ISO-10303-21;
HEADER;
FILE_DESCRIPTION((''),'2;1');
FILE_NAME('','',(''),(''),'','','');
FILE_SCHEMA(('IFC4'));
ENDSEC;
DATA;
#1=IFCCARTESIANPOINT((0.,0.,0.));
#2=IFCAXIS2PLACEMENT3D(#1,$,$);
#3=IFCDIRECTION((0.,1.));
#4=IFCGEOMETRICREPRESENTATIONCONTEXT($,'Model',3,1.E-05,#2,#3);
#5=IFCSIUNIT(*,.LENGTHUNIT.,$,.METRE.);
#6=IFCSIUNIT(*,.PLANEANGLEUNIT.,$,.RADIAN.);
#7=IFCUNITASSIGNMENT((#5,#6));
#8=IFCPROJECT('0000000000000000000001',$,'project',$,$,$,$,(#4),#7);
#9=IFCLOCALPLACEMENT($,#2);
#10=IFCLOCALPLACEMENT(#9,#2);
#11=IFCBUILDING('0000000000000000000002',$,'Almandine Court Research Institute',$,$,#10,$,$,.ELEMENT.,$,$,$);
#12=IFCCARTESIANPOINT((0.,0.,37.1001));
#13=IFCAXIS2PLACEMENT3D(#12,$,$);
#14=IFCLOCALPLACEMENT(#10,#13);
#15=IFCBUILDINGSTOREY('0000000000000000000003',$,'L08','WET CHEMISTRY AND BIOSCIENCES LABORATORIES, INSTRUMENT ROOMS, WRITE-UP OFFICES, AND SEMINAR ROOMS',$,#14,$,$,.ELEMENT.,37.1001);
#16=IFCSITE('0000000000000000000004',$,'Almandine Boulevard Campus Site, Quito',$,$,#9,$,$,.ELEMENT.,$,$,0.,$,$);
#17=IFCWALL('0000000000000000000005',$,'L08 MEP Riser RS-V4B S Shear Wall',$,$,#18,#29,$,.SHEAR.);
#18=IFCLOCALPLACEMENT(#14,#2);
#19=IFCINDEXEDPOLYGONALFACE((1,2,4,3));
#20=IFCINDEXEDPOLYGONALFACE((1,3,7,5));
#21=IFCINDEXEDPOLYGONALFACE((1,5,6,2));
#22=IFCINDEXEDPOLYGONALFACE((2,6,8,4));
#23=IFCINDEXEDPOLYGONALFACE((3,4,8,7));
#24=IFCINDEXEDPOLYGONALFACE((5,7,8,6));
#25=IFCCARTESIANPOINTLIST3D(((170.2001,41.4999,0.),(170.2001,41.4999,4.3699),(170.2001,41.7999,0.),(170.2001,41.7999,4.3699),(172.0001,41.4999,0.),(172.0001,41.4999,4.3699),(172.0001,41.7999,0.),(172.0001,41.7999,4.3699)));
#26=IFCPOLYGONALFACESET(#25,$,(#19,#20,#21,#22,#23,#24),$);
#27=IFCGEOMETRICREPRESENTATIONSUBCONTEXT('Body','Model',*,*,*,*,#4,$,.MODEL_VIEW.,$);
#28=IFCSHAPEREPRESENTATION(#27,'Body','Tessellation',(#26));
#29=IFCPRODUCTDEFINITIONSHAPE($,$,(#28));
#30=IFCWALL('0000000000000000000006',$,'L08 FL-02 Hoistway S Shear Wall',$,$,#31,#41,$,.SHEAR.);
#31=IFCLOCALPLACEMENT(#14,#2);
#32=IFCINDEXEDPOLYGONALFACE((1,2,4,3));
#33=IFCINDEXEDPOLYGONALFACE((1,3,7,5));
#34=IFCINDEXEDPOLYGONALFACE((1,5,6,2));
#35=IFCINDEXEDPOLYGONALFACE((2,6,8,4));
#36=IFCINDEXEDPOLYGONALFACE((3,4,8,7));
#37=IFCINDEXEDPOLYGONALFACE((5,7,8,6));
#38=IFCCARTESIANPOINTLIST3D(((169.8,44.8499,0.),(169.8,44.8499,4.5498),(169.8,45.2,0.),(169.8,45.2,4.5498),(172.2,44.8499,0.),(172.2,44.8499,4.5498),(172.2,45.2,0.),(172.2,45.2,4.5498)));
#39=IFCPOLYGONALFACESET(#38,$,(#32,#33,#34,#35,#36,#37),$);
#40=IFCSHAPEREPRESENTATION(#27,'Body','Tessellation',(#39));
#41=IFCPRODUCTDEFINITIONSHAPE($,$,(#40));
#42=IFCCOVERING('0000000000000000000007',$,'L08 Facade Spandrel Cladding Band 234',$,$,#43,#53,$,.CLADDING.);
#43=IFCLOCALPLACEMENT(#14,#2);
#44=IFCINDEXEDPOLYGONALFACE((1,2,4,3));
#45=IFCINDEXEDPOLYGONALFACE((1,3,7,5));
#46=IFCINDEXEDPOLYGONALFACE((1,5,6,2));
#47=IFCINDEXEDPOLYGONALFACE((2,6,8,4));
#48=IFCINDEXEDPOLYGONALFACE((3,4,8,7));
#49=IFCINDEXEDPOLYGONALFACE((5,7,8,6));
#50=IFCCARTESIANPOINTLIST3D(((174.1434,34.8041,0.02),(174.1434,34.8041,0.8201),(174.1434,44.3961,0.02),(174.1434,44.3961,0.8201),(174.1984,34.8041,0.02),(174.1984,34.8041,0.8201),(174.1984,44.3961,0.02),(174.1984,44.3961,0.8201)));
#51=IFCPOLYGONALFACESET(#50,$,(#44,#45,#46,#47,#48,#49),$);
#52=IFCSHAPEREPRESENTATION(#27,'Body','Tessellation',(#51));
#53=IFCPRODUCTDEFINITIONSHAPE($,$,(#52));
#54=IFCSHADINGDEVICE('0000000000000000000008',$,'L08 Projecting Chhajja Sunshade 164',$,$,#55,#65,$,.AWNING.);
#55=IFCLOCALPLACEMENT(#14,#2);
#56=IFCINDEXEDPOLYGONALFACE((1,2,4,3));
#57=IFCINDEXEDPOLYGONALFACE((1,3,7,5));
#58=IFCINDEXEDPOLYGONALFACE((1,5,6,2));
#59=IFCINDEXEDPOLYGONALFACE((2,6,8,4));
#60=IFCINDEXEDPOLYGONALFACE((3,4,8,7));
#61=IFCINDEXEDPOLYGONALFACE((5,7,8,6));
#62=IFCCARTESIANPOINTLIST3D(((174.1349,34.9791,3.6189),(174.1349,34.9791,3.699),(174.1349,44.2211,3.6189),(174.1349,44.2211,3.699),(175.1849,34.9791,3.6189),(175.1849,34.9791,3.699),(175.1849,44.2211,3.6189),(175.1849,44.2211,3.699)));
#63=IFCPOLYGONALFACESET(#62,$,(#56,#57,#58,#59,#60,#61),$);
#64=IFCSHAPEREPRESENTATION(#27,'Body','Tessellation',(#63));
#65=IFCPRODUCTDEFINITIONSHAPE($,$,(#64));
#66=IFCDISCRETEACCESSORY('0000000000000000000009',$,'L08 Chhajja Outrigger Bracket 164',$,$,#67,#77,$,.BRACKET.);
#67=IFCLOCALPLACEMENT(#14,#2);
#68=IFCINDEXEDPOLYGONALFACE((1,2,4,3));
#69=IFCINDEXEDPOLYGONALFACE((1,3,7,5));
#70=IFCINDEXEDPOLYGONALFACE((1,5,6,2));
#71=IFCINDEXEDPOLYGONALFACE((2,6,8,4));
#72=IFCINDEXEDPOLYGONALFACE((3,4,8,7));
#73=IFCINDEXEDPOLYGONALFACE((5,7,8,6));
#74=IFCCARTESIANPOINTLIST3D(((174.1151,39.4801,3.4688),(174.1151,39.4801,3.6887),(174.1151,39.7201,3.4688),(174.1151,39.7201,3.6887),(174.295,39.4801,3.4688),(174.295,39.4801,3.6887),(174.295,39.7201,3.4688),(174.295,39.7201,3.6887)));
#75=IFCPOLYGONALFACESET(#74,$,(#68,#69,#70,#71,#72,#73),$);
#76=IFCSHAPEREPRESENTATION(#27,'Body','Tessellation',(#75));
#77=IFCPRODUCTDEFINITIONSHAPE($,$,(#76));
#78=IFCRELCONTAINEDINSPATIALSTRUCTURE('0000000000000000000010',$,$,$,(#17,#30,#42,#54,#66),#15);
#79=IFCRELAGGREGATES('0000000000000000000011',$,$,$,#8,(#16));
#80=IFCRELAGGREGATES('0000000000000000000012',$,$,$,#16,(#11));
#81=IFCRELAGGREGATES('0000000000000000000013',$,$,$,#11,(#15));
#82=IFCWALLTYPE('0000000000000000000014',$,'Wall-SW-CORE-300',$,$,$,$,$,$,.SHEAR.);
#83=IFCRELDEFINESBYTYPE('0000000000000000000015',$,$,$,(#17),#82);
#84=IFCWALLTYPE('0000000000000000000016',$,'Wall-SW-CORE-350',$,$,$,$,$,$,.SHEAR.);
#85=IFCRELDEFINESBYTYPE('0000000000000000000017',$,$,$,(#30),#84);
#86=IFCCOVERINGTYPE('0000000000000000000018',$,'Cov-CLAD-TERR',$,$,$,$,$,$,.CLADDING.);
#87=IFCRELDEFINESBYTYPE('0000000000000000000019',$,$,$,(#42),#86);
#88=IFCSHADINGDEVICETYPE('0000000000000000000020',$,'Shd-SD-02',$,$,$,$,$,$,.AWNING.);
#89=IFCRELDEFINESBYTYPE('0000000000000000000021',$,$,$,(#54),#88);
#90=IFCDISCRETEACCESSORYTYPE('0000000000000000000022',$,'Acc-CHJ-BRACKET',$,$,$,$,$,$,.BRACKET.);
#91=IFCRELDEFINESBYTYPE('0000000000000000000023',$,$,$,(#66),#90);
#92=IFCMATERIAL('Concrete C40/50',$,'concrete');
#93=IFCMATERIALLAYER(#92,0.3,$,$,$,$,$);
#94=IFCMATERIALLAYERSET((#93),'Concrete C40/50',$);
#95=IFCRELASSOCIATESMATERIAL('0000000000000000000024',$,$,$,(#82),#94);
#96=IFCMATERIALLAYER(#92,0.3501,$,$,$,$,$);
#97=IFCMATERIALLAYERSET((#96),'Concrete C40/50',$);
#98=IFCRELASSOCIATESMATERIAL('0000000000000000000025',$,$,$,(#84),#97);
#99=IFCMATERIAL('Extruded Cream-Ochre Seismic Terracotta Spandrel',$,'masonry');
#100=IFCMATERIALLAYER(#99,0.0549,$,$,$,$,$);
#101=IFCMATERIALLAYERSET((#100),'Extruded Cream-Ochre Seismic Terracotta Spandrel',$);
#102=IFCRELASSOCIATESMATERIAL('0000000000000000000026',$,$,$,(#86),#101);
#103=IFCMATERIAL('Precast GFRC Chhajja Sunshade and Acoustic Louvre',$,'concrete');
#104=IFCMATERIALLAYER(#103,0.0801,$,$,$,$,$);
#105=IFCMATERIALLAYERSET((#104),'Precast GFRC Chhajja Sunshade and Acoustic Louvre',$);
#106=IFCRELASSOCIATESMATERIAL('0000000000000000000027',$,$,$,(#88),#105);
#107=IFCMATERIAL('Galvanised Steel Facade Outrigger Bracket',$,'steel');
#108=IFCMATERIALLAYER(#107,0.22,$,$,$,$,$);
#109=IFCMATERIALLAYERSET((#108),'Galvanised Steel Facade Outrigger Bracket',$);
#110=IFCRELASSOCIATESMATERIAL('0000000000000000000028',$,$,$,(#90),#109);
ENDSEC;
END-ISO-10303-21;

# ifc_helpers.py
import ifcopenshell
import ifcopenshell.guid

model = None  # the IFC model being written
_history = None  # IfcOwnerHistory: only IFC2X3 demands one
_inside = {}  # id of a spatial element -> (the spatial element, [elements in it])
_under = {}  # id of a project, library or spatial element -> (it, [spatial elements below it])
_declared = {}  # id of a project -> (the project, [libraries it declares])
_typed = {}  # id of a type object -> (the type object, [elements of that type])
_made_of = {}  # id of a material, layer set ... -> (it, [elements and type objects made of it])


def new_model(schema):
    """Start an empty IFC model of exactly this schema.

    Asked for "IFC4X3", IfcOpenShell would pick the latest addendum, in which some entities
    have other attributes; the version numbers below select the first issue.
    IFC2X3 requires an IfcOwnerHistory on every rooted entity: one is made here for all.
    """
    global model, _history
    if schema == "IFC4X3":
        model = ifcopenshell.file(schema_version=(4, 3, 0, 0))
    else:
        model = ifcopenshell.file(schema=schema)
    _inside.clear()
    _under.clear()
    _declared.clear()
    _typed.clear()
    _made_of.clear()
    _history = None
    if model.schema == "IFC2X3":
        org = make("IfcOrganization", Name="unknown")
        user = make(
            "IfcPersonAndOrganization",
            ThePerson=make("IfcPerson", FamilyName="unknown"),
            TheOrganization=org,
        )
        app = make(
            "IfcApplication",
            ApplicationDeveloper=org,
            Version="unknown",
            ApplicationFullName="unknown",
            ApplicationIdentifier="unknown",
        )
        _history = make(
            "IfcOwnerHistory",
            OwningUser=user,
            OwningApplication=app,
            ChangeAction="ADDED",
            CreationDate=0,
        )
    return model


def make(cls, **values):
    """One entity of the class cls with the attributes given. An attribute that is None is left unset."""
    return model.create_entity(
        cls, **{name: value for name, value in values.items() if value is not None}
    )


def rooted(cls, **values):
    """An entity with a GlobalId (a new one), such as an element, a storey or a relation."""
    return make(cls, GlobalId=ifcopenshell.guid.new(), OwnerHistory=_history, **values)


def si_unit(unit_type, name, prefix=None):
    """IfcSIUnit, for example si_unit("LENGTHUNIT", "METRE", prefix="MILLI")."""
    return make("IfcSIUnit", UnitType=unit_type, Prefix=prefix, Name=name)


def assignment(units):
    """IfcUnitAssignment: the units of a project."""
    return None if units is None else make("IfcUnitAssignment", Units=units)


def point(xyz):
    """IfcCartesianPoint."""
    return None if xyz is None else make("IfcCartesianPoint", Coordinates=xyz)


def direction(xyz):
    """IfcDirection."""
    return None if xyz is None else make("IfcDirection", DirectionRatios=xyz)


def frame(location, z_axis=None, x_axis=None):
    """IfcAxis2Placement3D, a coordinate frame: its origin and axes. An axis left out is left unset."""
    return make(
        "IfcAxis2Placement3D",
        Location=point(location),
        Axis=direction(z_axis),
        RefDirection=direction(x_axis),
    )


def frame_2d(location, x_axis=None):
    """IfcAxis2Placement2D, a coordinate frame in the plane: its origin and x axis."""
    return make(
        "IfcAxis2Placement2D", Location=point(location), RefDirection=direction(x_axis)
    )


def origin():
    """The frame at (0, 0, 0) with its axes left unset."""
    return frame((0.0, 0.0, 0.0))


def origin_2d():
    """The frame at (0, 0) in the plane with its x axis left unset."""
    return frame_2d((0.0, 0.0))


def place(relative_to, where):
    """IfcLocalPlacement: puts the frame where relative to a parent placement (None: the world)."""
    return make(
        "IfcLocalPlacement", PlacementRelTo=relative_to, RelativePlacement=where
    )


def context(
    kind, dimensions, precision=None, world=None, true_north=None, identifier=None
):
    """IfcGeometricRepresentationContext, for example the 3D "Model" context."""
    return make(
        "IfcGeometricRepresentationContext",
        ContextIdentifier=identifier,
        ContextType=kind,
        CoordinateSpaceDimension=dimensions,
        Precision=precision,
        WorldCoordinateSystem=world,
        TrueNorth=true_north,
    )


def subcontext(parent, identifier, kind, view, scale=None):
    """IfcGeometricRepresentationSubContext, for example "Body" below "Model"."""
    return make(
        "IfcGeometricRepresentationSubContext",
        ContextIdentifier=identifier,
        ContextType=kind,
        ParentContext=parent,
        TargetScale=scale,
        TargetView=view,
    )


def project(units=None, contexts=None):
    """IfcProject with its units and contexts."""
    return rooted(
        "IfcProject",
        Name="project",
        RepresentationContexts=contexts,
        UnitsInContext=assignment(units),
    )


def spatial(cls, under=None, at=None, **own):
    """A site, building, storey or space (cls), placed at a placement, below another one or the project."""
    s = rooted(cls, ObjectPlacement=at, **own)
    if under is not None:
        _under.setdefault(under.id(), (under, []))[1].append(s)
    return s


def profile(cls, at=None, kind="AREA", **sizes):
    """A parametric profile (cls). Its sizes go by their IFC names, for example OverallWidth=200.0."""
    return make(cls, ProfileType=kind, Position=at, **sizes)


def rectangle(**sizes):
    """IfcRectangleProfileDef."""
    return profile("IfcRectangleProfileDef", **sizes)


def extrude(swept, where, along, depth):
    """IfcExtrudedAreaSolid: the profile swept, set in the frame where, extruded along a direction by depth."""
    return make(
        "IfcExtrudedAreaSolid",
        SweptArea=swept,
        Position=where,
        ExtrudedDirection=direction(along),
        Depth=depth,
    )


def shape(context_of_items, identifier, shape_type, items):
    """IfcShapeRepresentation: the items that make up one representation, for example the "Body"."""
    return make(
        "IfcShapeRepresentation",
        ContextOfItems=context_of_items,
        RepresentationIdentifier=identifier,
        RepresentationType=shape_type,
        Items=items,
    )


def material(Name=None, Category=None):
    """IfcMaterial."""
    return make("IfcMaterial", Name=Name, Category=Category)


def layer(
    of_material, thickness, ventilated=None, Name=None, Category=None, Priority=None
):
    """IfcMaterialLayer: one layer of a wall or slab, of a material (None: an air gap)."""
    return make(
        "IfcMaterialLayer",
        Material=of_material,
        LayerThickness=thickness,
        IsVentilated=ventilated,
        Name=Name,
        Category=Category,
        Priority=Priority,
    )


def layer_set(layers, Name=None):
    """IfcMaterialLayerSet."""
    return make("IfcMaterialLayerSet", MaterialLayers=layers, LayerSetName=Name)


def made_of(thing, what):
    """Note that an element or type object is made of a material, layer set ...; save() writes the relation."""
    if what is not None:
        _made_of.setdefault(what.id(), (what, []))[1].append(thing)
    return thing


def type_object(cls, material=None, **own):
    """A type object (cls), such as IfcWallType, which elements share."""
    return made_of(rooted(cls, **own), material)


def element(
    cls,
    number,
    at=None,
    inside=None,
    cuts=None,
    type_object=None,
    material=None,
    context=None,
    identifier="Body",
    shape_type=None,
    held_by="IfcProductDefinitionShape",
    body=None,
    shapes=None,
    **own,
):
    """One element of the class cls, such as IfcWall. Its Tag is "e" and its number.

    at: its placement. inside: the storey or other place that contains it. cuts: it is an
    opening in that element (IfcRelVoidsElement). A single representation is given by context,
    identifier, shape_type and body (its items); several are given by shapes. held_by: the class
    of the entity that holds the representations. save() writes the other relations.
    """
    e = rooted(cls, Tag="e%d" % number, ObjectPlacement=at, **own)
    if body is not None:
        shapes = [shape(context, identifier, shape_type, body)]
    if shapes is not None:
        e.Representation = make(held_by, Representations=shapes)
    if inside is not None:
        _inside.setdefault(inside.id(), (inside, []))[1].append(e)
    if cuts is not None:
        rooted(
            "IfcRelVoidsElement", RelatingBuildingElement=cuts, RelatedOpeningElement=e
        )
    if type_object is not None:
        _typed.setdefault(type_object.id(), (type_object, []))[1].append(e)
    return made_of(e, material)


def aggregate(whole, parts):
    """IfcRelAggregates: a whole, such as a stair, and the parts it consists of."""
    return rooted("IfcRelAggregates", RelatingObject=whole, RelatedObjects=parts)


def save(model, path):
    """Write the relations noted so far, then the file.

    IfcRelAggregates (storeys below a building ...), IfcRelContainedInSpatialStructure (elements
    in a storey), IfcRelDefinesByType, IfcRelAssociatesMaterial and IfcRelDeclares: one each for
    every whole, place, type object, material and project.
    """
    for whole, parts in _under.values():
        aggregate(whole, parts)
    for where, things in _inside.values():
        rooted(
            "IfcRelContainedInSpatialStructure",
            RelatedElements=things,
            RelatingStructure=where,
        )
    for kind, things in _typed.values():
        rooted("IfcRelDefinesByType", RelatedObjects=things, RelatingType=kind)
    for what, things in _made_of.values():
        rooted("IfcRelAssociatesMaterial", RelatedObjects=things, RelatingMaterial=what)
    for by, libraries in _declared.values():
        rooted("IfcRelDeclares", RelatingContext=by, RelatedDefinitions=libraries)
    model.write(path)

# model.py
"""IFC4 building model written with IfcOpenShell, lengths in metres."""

from ifc_helpers import new_model, si_unit, direction, frame, frame_2d, origin, origin_2d, place, context, subcontext, project, spatial, rectangle, extrude, material, layer, layer_set, type_object, element, save


model = new_model("IFC4")

# Units and contexts
model_context = context("Model", 3, precision=1e-05, world=origin(), true_north=direction((0.0, 1.0)))
body_context = subcontext(model_context, "Body", "Model", "MODEL_VIEW")
ifc_project = project(units=[si_unit("LENGTHUNIT", "METRE"), si_unit("PLANEANGLEUNIT", "RADIAN")], contexts=[model_context])

# Site, building, storey
site_placement = place(None, origin())
site = spatial("IfcSite", under=ifc_project, at=site_placement, Name="Almandine Boulevard Campus Site, Quito", CompositionType="ELEMENT", RefElevation=0.0)
building_placement = place(site_placement, origin())
building = spatial("IfcBuilding", under=site, at=building_placement, Name="Almandine Court Research Institute", CompositionType="ELEMENT")
storey_placement = place(building_placement, frame((0.0, 0.0, 37.1001)))
storey = spatial("IfcBuildingStorey", under=building, at=storey_placement, Name="L08", Description="WET CHEMISTRY AND BIOSCIENCES LABORATORIES, INSTRUMENT ROOMS, WRITE-UP OFFICES, AND SEMINAR ROOMS", CompositionType="ELEMENT", Elevation=37.1001)

# Wall
ifc_material_1 = material(Name="Concrete C40/50", Category="concrete")
ifc_layer_1 = layer(ifc_material_1, 0.3)
ifc_layer_set_1 = layer_set([ifc_layer_1], Name="Concrete C40/50")
wall_type_1 = type_object("IfcWallType", Name="Wall-SW-CORE-300", PredefinedType="SHEAR", material=ifc_layer_set_1)
wall_1_placement = place(storey_placement, frame((172.0, 41.6499, 0.0), z_axis=(0.0, 0.0, 1.0), x_axis=(-1.0, 0.0, 0.0)))
element("IfcWall", 1, at=wall_1_placement, inside=storey, type_object=wall_type_1, Name="L08 MEP Riser RS-V4B S Shear Wall", PredefinedType="SHEAR", context=body_context, shape_type="SweptSolid", body=[
    extrude(rectangle(XDim=1.8, YDim=0.3, at=frame_2d((0.8999, 0.0))), origin(), (0.0, 0.0, 1.0), 4.3699),
])

# Shared definitions
ifc_layer_2 = layer(ifc_material_1, 0.3501)
ifc_layer_set_2 = layer_set([ifc_layer_2], Name="Concrete C40/50")
wall_type_2 = type_object("IfcWallType", Name="Wall-SW-CORE-350", PredefinedType="SHEAR", material=ifc_layer_set_2)

# Wall
wall_2_placement = place(storey_placement, frame((172.2, 45.0249, 0.0), z_axis=(0.0, 0.0, 1.0), x_axis=(-1.0, 0.0, 0.0)))
element("IfcWall", 2, at=wall_2_placement, inside=storey, type_object=wall_type_2, Name="L08 FL-02 Hoistway S Shear Wall", PredefinedType="SHEAR", context=body_context, shape_type="SweptSolid", body=[
    extrude(rectangle(XDim=2.3999, YDim=0.3501, at=frame_2d((1.2, 0.0))), origin(), (0.0, 0.0, 1.0), 4.5498),
])

# Covering
ifc_material_2 = material(Name="Extruded Cream-Ochre Seismic Terracotta Spandrel", Category="masonry")
ifc_layer_3 = layer(ifc_material_2, 0.0549)
ifc_layer_set_3 = layer_set([ifc_layer_3], Name="Extruded Cream-Ochre Seismic Terracotta Spandrel")
covering_type = type_object("IfcCoveringType", Name="Cov-CLAD-TERR", PredefinedType="CLADDING", material=ifc_layer_set_3)
covering_placement = place(storey_placement, frame((174.1709, 39.6001, 0.02), z_axis=(0.0, 0.0, 1.0), x_axis=(0.0, -1.0, 0.0)))
element("IfcCovering", 3, at=covering_placement, inside=storey, type_object=covering_type, Name="L08 Facade Spandrel Cladding Band 234", PredefinedType="CLADDING", context=body_context, shape_type="SweptSolid", body=[
    extrude(rectangle(XDim=9.592, YDim=0.0549, at=origin_2d()), origin(), (0.0, 0.0, 1.0), 0.8),
])

# Shading device
ifc_material_3 = material(Name="Precast GFRC Chhajja Sunshade and Acoustic Louvre", Category="concrete")
ifc_layer_4 = layer(ifc_material_3, 0.0801)
ifc_layer_set_4 = layer_set([ifc_layer_4], Name="Precast GFRC Chhajja Sunshade and Acoustic Louvre")
shading_device_type = type_object("IfcShadingDeviceType", Name="Shd-SD-02", PredefinedType="AWNING", material=ifc_layer_set_4)
shading_device_placement = place(storey_placement, frame((174.6599, 39.6001, 3.6189), z_axis=(0.0, 0.0, 1.0), x_axis=(0.0, -1.0, 0.0)))
element("IfcShadingDevice", 4, at=shading_device_placement, inside=storey, type_object=shading_device_type, Name="L08 Projecting Chhajja Sunshade 164", PredefinedType="AWNING", context=body_context, shape_type="SweptSolid", body=[
    extrude(rectangle(XDim=9.2419, YDim=1.05, at=origin_2d()), origin(), (0.0, 0.0, 1.0), 0.0801),
])

# Discrete accessory
ifc_material_4 = material(Name="Galvanised Steel Facade Outrigger Bracket", Category="steel")
ifc_layer_5 = layer(ifc_material_4, 0.22)
ifc_layer_set_5 = layer_set([ifc_layer_5], Name="Galvanised Steel Facade Outrigger Bracket")
discrete_accessory_type = type_object("IfcDiscreteAccessoryType", Name="Acc-CHJ-BRACKET", PredefinedType="BRACKET", material=ifc_layer_set_5)
discrete_accessory_placement = place(storey_placement, frame((174.2051, 39.6001, 3.4688), z_axis=(0.0, 0.0, 1.0), x_axis=(0.0, -1.0, 0.0)))
element("IfcDiscreteAccessory", 5, at=discrete_accessory_placement, inside=storey, type_object=discrete_accessory_type, Name="L08 Chhajja Outrigger Bracket 164", PredefinedType="BRACKET", context=body_context, shape_type="SweptSolid", body=[
    extrude(rectangle(XDim=0.24, YDim=0.1799, at=origin_2d()), origin(), (0.0, 0.0, 1.0), 0.22),
])

save(model, "model.ifc")
